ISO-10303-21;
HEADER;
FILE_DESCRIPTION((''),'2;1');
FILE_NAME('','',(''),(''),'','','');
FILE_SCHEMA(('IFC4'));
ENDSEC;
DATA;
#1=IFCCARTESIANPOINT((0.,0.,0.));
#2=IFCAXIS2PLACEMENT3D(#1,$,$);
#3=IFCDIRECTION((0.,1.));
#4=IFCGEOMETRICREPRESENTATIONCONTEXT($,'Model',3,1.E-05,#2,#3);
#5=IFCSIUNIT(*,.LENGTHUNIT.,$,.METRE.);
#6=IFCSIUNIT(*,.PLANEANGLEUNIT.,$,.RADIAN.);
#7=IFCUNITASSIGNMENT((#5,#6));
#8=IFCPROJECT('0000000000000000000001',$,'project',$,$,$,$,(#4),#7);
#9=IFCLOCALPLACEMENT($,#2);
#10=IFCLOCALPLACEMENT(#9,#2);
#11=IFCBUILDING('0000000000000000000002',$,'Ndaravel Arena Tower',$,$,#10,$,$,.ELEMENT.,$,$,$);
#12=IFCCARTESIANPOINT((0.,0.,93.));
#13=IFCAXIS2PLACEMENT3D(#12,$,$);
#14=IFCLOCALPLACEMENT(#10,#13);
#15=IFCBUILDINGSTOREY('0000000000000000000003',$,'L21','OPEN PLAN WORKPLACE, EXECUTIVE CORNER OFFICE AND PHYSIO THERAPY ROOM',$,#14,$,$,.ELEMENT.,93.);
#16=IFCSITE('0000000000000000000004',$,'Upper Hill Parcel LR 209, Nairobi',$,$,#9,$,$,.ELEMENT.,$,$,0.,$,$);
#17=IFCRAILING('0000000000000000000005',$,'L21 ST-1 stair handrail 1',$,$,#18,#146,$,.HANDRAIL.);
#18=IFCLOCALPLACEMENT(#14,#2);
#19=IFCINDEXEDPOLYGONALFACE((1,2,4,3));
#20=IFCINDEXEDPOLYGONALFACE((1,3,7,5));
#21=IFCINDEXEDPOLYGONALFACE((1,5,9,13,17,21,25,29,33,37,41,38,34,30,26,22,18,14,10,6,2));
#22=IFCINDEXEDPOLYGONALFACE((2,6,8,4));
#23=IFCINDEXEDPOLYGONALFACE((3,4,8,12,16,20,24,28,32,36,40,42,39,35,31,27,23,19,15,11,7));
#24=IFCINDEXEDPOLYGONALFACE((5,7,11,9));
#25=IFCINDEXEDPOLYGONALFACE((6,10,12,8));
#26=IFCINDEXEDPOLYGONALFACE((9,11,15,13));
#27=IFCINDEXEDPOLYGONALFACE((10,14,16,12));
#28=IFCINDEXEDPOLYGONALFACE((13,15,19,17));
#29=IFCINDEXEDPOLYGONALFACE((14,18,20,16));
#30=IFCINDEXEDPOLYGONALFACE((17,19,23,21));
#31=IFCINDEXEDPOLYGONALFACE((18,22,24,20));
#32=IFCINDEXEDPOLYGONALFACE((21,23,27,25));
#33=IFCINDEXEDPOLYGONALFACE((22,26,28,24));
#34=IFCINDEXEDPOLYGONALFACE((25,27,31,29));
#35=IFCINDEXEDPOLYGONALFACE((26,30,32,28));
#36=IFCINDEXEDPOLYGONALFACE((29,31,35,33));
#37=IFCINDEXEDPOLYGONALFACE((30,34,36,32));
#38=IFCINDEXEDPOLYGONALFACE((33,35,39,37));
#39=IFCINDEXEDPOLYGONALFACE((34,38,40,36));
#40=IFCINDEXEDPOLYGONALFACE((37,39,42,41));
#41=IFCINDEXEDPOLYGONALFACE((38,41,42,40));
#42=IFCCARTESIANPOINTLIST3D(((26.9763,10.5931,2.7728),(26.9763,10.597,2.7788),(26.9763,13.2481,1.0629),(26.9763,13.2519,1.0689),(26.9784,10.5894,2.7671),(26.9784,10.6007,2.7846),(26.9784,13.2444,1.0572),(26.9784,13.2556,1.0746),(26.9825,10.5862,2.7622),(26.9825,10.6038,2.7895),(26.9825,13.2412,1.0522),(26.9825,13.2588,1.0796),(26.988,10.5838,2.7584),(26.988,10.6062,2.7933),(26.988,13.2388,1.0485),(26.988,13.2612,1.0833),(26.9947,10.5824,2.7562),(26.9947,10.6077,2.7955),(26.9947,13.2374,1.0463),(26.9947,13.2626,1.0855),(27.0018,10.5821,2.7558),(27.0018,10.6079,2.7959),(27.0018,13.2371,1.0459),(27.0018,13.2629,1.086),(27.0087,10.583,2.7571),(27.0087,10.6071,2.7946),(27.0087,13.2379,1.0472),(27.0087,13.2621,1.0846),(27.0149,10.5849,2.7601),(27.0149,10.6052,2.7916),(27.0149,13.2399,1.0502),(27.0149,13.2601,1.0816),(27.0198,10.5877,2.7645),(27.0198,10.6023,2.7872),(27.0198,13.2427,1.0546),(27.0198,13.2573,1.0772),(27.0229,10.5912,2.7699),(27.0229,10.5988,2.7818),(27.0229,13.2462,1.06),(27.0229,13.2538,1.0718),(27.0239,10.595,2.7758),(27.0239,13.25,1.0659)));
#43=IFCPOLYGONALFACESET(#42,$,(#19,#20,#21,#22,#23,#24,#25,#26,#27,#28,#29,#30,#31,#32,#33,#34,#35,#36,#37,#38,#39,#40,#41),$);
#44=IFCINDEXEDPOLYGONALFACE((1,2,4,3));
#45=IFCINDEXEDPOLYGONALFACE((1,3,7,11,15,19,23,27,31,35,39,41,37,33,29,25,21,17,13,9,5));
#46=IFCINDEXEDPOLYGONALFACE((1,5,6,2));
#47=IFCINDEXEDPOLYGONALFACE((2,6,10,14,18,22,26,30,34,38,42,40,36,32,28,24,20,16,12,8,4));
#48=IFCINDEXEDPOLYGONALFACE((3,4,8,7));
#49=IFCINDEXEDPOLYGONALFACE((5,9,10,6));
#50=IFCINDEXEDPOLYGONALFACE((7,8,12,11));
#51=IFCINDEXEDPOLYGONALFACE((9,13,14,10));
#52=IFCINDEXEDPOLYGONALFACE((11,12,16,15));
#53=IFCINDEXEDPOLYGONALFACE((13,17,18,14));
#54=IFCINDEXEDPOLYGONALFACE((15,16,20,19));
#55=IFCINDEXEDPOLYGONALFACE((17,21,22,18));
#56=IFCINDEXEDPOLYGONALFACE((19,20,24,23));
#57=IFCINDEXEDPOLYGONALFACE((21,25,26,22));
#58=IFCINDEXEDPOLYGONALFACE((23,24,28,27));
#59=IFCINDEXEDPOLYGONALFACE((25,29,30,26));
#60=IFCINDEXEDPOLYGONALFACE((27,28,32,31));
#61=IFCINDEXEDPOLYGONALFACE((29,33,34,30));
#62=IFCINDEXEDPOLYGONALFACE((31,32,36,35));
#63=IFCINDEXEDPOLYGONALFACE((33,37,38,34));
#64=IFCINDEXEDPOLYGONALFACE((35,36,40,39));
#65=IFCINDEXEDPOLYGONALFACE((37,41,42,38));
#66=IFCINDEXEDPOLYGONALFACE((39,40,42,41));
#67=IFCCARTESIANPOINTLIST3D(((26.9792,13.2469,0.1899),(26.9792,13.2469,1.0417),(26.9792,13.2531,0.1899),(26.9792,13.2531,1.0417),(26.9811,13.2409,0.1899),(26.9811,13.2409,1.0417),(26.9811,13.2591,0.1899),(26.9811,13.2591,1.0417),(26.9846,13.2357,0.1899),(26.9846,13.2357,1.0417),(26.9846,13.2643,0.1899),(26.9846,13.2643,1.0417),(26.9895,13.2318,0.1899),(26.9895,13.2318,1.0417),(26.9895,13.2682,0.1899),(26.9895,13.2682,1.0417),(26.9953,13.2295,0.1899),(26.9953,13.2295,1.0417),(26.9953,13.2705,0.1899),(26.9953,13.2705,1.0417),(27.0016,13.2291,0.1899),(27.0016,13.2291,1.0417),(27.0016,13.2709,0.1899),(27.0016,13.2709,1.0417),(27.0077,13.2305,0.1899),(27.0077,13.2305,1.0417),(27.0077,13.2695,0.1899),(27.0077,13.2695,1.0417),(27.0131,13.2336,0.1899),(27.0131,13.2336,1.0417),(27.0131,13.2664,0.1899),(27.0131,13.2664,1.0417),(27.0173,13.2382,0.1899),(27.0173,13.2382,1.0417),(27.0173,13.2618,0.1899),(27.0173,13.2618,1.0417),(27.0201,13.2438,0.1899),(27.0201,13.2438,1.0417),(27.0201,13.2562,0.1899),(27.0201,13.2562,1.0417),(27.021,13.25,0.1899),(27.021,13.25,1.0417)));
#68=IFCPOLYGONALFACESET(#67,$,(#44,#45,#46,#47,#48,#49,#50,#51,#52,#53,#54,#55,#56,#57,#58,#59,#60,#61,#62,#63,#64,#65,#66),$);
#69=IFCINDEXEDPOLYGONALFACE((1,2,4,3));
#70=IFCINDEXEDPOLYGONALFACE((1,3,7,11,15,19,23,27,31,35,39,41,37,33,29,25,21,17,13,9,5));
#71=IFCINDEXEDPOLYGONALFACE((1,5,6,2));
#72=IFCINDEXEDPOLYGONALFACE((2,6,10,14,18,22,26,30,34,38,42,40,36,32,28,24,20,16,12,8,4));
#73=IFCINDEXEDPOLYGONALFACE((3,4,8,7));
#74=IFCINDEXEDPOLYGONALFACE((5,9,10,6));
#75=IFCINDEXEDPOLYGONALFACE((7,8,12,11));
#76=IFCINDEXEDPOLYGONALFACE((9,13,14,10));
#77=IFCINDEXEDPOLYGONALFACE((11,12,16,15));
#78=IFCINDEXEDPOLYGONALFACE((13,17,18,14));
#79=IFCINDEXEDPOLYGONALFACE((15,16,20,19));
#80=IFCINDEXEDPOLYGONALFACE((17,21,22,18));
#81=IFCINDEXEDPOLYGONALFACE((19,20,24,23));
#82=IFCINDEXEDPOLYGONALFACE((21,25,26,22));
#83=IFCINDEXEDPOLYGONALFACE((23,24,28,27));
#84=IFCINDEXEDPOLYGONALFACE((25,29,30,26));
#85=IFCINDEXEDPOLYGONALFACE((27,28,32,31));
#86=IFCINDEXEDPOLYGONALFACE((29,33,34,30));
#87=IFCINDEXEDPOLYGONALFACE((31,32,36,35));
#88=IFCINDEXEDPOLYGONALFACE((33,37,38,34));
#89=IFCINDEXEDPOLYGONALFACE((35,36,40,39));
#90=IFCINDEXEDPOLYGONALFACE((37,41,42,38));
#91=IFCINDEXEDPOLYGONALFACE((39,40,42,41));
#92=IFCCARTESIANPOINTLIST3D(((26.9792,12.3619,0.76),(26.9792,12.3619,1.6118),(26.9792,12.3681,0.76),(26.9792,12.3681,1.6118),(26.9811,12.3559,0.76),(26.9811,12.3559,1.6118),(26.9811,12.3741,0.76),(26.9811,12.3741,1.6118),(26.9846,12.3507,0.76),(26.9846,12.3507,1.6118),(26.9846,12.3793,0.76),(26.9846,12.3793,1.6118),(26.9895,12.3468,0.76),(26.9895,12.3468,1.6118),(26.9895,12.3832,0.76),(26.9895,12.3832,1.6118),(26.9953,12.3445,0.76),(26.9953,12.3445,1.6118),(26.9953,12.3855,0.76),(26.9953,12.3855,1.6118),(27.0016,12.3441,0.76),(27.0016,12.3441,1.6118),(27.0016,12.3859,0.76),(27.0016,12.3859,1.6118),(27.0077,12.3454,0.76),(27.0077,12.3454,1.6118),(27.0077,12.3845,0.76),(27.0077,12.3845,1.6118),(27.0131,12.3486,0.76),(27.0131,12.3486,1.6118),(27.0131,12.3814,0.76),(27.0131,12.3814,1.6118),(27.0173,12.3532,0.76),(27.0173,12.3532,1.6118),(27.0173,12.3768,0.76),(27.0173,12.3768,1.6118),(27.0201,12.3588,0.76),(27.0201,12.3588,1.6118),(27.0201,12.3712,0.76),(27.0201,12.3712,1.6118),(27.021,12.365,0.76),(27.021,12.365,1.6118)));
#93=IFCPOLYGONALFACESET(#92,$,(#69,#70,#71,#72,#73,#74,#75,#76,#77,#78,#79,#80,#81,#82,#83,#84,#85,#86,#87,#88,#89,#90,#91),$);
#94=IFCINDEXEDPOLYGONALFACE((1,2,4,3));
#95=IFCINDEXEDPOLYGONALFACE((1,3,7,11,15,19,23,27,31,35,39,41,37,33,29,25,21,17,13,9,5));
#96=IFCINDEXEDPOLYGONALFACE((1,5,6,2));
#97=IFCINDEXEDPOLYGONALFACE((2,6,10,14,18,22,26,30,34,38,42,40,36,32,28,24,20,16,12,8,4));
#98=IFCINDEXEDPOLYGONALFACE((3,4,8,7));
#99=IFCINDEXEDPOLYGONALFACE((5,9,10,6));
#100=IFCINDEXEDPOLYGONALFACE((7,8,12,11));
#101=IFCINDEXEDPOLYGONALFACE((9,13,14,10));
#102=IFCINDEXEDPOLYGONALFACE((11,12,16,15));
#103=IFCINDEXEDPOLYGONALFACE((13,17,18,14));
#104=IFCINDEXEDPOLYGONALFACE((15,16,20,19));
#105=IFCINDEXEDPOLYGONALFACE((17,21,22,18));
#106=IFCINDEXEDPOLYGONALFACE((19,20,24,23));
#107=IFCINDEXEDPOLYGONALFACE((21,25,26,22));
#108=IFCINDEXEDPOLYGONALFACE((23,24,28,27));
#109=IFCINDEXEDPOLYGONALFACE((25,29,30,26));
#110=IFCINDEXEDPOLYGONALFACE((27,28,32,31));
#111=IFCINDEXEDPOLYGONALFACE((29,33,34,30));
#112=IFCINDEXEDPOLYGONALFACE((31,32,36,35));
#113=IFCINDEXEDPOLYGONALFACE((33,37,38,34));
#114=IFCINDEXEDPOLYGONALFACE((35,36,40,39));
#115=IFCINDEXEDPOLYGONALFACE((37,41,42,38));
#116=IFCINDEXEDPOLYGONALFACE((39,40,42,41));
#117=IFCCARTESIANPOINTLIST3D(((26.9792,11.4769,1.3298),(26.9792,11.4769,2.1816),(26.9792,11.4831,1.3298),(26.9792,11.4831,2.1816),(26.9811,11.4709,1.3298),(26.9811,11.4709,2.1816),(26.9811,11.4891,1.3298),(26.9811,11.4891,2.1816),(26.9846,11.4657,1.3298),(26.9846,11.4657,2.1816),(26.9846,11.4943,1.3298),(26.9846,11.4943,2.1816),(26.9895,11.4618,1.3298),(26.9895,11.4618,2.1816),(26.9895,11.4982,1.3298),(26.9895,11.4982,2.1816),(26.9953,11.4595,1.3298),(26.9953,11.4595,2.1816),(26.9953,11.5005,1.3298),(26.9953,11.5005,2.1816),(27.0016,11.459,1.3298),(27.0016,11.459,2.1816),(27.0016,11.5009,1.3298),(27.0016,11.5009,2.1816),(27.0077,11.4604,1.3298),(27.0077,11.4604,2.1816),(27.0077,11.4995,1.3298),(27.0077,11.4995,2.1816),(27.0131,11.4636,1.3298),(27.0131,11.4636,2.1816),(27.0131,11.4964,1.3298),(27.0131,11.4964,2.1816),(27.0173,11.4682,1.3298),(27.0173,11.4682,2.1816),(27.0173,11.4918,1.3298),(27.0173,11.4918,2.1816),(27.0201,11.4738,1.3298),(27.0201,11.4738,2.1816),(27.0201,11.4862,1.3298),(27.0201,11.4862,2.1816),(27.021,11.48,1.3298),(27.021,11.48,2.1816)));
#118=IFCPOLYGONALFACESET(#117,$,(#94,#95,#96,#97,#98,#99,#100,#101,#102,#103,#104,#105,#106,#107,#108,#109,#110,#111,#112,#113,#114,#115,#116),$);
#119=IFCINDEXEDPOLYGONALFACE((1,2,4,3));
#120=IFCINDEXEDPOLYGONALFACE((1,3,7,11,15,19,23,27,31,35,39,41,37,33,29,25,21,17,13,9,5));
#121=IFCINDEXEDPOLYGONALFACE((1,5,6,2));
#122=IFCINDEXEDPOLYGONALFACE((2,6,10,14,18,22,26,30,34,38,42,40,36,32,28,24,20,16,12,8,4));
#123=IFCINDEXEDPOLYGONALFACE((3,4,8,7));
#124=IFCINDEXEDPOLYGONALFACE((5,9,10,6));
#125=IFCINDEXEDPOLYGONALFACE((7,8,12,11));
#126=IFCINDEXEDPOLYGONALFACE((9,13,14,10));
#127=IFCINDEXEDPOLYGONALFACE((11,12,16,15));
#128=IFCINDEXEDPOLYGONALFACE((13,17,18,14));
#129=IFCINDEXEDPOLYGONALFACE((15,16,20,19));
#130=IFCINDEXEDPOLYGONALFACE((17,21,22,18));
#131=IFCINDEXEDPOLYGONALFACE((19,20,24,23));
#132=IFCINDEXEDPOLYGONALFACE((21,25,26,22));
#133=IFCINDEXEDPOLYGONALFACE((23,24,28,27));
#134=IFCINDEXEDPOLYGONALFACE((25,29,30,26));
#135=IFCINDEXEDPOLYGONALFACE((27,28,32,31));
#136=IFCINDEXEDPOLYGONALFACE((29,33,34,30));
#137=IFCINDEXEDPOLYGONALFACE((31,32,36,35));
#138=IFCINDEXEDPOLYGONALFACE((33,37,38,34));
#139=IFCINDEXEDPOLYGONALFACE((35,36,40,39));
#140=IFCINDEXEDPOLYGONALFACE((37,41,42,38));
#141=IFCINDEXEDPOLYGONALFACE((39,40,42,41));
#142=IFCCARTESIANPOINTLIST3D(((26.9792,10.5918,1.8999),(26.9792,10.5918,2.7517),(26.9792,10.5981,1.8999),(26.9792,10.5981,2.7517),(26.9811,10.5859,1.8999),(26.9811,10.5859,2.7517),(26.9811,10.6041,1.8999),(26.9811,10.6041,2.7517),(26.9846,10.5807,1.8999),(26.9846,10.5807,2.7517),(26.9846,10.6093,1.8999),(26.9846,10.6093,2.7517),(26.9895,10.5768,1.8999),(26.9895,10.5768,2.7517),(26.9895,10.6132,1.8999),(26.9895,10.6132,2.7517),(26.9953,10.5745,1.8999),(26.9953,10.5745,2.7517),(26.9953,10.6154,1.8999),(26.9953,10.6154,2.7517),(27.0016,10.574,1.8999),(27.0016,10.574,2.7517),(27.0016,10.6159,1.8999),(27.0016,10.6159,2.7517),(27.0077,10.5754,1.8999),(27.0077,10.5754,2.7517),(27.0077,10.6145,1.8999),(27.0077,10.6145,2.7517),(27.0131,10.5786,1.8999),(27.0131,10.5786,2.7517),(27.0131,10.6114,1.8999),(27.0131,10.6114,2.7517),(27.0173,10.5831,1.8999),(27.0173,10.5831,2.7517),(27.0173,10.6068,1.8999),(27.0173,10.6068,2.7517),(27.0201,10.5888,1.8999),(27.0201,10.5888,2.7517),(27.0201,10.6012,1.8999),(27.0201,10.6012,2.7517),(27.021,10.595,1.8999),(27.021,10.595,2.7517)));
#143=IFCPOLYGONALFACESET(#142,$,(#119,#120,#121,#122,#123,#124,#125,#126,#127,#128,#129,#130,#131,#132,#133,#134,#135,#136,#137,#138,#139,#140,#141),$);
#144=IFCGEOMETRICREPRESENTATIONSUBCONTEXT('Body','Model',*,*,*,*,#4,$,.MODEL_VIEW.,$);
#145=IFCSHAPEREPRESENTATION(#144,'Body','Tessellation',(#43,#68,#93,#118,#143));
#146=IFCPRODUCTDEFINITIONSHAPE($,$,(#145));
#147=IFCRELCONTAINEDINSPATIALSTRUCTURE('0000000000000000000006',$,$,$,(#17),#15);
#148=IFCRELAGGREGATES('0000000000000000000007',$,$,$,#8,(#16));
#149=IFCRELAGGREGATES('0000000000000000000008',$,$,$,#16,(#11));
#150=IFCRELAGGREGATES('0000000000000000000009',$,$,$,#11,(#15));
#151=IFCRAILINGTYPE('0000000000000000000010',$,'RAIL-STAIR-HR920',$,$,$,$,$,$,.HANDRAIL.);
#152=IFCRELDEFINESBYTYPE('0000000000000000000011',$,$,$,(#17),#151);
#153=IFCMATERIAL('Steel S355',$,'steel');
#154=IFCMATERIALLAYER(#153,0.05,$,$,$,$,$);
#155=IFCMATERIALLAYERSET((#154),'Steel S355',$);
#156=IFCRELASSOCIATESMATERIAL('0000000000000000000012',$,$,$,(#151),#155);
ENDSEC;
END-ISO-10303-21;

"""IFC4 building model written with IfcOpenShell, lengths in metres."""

from ifc_helpers import new_model, si_unit, direction, frame, origin, origin_2d, place, context, subcontext, project, spatial, circle, extrude, material, layer, layer_set, type_object, element, save


model = new_model("IFC4")

# Units and contexts
model_context = context("Model", 3, precision=1e-05, world=origin(), true_north=direction((0.0, 1.0)))
body_context = subcontext(model_context, "Body", "Model", "MODEL_VIEW")
ifc_project = project(units=[si_unit("LENGTHUNIT", "METRE"), si_unit("PLANEANGLEUNIT", "RADIAN")], contexts=[model_context])

# Site, building, storey
site_placement = place(None, origin())
site = spatial("IfcSite", under=ifc_project, at=site_placement, Name="Upper Hill Parcel LR 209, Nairobi", CompositionType="ELEMENT", RefElevation=0.0)
building_placement = place(site_placement, origin())
building = spatial("IfcBuilding", under=site, at=building_placement, Name="Ndaravel Arena Tower", CompositionType="ELEMENT")
storey_placement = place(building_placement, frame((0.0, 0.0, 93.0)))
storey = spatial("IfcBuildingStorey", under=building, at=storey_placement, Name="L21", Description="OPEN PLAN WORKPLACE, EXECUTIVE CORNER OFFICE AND PHYSIO THERAPY ROOM", CompositionType="ELEMENT", Elevation=93.0)

# Railing
ifc_material_1 = material(Name="Steel S355", Category="steel")
ifc_layer_1 = layer(ifc_material_1, 0.05)
ifc_layer_set_1 = layer_set([ifc_layer_1], Name="Steel S355")
railing_type_1 = type_object("IfcRailingType", Name="RAIL-STAIR-HR920", PredefinedType="HANDRAIL", material=ifc_layer_set_1)
railing_1_placement = place(storey_placement, frame((27.0, 13.25, 0.1899)))
element("IfcRailing", 1, at=railing_1_placement, inside=storey, type_object=railing_type_1, Name="L21 ST-1 stair handrail 1", PredefinedType="HANDRAIL", context=body_context, shape_type="SweptSolid", body=[
    extrude(circle(Radius=0.0239, at=origin_2d()), frame((0.0, 0.0, 0.876), z_axis=(0.0, -0.840724, 0.541465), x_axis=(1.0, 0.0, 0.0)), (0.0, 0.0, 1.0), 3.158),
    extrude(circle(Radius=0.021, at=origin_2d()), origin(), (0.0, 0.0, 1.0), 0.8518),
    extrude(circle(Radius=0.021, at=origin_2d()), frame((0.0, -0.885, 0.5701)), (0.0, 0.0, 1.0), 0.8518),
    extrude(circle(Radius=0.021, at=origin_2d()), frame((0.0, -1.77, 1.1399)), (0.0, 0.0, 1.0), 0.8518),
    extrude(circle(Radius=0.021, at=origin_2d()), frame((0.0, -2.655, 1.71)), (0.0, 0.0, 1.0), 0.8518),
])

save(model, "model.ifc")
